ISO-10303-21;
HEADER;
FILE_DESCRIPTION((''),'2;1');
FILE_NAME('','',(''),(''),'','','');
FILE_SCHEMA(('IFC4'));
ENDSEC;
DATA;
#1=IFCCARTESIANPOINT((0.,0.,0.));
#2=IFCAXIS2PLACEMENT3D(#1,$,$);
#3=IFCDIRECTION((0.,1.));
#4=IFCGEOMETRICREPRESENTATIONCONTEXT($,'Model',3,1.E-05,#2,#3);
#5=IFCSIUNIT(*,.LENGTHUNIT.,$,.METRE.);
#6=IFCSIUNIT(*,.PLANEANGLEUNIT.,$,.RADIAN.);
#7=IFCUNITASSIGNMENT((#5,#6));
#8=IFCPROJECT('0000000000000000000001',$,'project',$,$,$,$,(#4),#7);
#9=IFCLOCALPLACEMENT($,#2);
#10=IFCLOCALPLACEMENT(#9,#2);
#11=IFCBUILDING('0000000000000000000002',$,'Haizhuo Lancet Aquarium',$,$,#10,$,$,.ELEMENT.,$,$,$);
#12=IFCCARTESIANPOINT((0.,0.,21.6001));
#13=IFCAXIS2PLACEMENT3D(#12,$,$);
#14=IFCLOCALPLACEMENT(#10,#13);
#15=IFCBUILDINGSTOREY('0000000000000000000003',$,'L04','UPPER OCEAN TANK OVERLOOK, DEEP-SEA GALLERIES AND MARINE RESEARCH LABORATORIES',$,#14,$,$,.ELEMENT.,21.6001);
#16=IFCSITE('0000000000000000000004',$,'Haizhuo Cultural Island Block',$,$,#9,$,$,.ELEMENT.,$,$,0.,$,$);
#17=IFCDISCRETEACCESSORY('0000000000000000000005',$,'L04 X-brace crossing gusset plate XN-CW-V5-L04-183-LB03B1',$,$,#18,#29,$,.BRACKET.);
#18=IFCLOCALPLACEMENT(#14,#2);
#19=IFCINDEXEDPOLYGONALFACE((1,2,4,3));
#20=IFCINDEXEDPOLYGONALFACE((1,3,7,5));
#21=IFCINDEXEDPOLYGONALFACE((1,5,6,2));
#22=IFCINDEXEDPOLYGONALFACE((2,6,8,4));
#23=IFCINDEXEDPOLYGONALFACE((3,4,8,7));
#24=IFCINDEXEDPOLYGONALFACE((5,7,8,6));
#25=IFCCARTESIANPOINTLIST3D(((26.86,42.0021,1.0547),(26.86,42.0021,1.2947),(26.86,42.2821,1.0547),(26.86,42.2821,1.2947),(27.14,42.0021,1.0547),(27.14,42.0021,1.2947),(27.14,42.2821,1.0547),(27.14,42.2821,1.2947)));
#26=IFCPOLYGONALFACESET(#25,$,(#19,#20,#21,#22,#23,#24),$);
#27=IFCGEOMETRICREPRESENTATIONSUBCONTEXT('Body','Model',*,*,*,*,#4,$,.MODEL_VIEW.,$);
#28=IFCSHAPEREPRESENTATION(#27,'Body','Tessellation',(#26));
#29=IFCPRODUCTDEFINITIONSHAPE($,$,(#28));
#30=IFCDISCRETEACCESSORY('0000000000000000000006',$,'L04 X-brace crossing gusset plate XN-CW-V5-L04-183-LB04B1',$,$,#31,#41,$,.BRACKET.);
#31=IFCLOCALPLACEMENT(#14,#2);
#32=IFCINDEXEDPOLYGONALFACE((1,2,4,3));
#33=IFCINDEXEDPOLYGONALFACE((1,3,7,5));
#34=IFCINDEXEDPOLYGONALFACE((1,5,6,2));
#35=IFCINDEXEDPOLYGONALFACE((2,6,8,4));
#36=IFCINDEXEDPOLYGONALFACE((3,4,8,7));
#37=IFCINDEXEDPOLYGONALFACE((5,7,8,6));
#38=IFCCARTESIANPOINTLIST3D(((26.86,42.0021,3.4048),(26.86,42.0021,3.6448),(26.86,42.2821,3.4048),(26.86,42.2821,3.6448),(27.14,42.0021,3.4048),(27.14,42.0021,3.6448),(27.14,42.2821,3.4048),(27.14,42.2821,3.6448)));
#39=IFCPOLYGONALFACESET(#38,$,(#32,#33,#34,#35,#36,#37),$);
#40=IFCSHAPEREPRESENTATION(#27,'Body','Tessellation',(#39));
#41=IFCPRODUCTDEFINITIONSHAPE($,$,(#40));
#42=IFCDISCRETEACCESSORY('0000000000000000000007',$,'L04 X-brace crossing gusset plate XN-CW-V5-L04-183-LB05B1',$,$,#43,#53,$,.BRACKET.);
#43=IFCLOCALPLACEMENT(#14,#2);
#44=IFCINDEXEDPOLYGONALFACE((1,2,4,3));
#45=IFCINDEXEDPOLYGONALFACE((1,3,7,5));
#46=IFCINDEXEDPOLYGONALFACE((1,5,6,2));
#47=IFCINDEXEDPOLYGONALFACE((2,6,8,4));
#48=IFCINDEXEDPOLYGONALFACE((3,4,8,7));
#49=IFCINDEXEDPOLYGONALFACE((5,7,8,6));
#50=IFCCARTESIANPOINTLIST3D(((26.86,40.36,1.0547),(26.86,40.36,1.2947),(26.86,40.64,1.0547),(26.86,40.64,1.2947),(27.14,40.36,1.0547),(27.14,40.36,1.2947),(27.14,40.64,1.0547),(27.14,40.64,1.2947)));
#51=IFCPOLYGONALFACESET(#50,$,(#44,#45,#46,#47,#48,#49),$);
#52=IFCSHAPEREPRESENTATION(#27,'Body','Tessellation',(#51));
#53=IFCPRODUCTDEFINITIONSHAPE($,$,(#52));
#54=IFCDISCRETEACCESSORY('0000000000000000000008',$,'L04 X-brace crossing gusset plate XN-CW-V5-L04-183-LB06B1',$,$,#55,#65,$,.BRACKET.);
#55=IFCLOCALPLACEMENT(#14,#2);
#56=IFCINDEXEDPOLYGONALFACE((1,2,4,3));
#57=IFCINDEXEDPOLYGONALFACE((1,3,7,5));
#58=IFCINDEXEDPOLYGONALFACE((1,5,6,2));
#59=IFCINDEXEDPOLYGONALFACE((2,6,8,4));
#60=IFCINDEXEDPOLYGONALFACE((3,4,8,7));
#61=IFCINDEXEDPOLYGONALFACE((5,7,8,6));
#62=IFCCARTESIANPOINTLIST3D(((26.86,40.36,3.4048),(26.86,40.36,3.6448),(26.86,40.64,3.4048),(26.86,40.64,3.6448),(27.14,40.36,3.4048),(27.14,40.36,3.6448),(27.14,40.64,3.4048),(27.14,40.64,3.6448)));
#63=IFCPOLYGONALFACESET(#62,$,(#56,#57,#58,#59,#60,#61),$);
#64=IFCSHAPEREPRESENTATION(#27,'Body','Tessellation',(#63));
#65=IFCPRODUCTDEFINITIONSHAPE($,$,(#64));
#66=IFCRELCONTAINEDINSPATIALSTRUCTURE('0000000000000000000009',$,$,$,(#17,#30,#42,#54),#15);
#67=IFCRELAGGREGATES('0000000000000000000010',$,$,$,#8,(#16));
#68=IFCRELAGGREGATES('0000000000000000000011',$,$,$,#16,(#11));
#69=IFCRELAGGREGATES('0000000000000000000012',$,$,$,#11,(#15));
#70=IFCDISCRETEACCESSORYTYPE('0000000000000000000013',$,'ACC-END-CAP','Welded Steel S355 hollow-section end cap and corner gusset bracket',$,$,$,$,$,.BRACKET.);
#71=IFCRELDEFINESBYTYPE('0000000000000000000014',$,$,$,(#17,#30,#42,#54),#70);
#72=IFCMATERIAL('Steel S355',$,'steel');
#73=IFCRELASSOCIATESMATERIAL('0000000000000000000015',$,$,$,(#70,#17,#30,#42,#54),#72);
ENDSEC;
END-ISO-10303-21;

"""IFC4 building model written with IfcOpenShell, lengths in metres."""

from ifc_helpers import new_model, si_unit, direction, frame, origin, origin_2d, place, context, subcontext, project, spatial, rectangle, extrude, material, type_object, element, save


model = new_model("IFC4")

# Units and contexts
model_context = context("Model", 3, precision=1e-05, world=origin(), true_north=direction((0.0, 1.0)))
body_context = subcontext(model_context, "Body", "Model", "MODEL_VIEW")
ifc_project = project(units=[si_unit("LENGTHUNIT", "METRE"), si_unit("PLANEANGLEUNIT", "RADIAN")], contexts=[model_context])

# Site, building, storey
site_placement = place(None, origin())
site = spatial("IfcSite", under=ifc_project, at=site_placement, Name="Haizhuo Cultural Island Block", CompositionType="ELEMENT", RefElevation=0.0)
building_placement = place(site_placement, origin())
building = spatial("IfcBuilding", under=site, at=building_placement, Name="Haizhuo Lancet Aquarium", CompositionType="ELEMENT")
storey_placement = place(building_placement, frame((0.0, 0.0, 21.6001)))
storey = spatial("IfcBuildingStorey", under=building, at=storey_placement, Name="L04", Description="UPPER OCEAN TANK OVERLOOK, DEEP-SEA GALLERIES AND MARINE RESEARCH LABORATORIES", CompositionType="ELEMENT", Elevation=21.6001)

# Shared definitions
ifc_material_1 = material(Name="Steel S355", Category="steel")

# Discrete accessories
discrete_accessory_type = type_object("IfcDiscreteAccessoryType", Name="ACC-END-CAP", Description="Welded Steel S355 hollow-section end cap and corner gusset bracket", PredefinedType="BRACKET", material=ifc_material_1)
for number, where, z_axis, x_axis, name in (
    (1, (27.0, 42.1421, 1.0547), (0.0, 0.0, 1.0), (1.0, 0.0, 0.0), "L04 X-brace crossing gusset plate XN-CW-V5-L04-183-LB03B1"),
    (2, (27.0, 42.1421, 3.4048), (0.0, 0.0, 1.0), (1.0, 0.0, 0.0), "L04 X-brace crossing gusset plate XN-CW-V5-L04-183-LB04B1"),
    (3, (27.0, 40.5, 1.0547), (0.0, 0.0, 1.0), (1.0, 0.0, 0.0), "L04 X-brace crossing gusset plate XN-CW-V5-L04-183-LB05B1"),
    (4, (27.0, 40.5, 3.4048), (0.0, 0.0, 1.0), (1.0, 0.0, 0.0), "L04 X-brace crossing gusset plate XN-CW-V5-L04-183-LB06B1"),
):
    element("IfcDiscreteAccessory", number, at=place(storey_placement, frame(where, z_axis=z_axis, x_axis=x_axis)), inside=storey, type_object=discrete_accessory_type, material=ifc_material_1, Name=name, PredefinedType="BRACKET", context=body_context, shape_type="SweptSolid", body=[
        extrude(rectangle(XDim=0.28, YDim=0.28, at=origin_2d()), origin(), (0.0, 0.0, 1.0), 0.24),
    ])

save(model, "model.ifc")
